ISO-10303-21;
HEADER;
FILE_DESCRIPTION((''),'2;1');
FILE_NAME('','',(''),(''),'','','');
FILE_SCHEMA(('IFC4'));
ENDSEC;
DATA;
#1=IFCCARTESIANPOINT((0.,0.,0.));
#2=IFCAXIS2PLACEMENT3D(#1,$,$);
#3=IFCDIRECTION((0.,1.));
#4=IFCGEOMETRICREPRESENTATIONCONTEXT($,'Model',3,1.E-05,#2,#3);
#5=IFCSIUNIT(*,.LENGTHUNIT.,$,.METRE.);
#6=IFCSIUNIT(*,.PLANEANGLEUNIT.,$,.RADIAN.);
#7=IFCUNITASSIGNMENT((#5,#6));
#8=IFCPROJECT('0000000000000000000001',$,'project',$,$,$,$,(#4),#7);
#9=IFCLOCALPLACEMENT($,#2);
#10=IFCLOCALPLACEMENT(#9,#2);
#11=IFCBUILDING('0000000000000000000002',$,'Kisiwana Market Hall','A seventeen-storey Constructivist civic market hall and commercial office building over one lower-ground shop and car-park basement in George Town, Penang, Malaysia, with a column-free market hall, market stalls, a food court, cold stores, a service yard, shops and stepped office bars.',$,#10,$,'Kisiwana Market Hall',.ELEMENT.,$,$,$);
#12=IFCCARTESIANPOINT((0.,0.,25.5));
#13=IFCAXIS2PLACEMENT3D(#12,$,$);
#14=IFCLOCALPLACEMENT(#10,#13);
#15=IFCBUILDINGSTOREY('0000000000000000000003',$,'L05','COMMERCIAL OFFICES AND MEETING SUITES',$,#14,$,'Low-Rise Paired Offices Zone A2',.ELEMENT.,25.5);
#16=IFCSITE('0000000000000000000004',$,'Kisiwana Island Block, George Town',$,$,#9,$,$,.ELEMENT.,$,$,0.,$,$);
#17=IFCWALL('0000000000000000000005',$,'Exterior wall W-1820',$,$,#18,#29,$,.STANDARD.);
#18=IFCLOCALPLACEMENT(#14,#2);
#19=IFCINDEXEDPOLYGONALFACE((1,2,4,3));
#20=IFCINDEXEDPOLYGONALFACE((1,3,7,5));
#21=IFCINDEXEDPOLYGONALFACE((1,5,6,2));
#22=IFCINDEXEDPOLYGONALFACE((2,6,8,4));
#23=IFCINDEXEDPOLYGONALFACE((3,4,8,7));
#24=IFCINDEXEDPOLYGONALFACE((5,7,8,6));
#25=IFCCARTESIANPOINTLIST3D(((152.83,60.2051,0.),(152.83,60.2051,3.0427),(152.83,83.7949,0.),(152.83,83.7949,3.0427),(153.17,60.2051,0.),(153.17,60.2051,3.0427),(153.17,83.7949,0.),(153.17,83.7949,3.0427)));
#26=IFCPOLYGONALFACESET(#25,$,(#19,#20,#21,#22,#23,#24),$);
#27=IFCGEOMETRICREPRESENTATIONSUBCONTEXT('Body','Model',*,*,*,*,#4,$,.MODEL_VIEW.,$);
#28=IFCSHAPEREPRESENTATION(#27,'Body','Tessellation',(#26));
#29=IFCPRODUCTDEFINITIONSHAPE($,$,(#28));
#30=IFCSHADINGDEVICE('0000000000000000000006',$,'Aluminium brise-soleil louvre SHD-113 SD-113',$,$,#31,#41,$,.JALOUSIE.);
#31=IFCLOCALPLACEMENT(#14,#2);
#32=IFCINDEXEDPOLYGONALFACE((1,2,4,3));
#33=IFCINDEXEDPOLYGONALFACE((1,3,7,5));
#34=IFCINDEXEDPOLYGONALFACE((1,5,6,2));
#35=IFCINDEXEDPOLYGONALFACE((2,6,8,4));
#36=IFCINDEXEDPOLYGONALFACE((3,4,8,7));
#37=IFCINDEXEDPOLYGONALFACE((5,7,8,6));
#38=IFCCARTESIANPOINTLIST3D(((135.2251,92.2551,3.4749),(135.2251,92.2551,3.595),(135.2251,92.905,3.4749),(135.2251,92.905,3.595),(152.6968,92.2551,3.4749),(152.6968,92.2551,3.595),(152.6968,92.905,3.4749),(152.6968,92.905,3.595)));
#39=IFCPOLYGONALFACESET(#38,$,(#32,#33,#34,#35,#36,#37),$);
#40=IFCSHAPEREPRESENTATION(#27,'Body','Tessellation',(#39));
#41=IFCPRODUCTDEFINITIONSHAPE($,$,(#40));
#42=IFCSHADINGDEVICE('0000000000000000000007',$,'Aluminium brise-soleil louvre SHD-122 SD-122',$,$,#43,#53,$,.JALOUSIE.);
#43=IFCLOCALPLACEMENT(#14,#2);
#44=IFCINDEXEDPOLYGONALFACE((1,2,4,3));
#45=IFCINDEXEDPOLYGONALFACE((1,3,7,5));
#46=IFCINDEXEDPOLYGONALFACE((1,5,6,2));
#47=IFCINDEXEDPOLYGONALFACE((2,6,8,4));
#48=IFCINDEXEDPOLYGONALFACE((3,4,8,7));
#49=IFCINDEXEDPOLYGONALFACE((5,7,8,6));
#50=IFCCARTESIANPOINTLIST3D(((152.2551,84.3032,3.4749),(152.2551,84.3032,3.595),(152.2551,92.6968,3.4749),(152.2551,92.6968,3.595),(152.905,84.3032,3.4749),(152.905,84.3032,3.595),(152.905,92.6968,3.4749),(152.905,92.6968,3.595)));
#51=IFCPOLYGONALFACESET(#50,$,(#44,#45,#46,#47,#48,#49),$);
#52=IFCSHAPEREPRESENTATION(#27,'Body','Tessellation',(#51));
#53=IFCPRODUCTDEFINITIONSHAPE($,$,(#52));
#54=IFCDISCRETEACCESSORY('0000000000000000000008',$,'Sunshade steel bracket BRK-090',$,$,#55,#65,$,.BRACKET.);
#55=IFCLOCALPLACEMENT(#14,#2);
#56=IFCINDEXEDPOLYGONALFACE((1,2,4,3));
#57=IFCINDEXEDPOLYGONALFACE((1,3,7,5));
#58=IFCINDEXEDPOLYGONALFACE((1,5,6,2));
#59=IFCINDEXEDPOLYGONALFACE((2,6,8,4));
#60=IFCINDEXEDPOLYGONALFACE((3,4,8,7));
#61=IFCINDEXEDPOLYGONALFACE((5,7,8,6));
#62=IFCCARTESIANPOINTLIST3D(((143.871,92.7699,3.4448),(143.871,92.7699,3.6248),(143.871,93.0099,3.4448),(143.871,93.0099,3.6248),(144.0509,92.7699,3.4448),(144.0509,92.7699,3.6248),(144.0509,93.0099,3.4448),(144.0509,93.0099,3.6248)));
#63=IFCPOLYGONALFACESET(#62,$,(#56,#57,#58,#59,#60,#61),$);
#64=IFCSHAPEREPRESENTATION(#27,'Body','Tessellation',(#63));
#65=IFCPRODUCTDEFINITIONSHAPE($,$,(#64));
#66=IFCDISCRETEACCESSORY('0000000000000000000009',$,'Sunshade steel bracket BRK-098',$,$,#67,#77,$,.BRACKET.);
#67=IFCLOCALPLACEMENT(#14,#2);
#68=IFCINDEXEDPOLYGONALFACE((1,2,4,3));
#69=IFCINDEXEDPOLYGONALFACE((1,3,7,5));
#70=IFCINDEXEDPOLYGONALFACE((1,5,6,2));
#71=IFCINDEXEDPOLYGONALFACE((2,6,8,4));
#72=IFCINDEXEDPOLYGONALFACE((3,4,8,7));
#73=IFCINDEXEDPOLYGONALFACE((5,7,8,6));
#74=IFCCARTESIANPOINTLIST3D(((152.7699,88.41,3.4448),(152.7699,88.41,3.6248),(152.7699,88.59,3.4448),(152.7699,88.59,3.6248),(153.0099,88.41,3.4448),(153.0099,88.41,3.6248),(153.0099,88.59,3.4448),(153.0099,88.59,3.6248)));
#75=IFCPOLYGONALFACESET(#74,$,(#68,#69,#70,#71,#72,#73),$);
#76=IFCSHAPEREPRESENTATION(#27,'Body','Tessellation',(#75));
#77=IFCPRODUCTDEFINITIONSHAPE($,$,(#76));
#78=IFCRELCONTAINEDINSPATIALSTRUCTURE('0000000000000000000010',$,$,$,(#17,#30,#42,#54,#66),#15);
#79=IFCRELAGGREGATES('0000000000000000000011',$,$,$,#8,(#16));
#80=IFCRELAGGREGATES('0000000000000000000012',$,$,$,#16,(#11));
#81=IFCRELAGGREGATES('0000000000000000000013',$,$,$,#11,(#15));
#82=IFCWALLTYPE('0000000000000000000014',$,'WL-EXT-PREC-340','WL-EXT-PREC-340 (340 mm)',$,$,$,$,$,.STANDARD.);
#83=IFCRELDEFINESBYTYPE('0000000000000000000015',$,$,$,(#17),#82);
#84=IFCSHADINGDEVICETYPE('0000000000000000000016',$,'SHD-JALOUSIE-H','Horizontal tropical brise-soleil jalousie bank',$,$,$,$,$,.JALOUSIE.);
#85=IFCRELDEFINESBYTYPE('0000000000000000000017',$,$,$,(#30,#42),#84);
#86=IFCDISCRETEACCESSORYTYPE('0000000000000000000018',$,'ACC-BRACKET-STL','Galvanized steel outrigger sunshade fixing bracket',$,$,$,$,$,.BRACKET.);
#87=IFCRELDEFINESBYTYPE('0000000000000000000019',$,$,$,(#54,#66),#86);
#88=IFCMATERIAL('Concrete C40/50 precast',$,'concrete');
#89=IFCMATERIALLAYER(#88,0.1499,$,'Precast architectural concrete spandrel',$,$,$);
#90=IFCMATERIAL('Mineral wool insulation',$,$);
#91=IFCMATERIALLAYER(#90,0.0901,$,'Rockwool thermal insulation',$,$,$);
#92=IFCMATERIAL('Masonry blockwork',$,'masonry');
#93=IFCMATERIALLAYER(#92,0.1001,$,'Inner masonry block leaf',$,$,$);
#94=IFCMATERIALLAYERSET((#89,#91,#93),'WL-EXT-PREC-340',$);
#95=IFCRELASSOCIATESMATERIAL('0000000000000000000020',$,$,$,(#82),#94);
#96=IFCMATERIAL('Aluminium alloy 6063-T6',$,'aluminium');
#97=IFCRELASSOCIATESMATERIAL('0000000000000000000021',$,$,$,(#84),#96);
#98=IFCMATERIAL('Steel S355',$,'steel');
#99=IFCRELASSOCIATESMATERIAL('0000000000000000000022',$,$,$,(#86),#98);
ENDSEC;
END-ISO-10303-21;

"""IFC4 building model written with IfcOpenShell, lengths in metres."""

from ifc_helpers import new_model, si_unit, direction, frame, frame_2d, origin, origin_2d, place, context, subcontext, project, spatial, rectangle, extrude, material, layer, layer_set, type_object, element, save


model = new_model("IFC4")

# Units and contexts
model_context = context("Model", 3, precision=1e-05, world=origin(), true_north=direction((0.0, 1.0)))
body_context = subcontext(model_context, "Body", "Model", "MODEL_VIEW")
ifc_project = project(units=[si_unit("LENGTHUNIT", "METRE"), si_unit("PLANEANGLEUNIT", "RADIAN")], contexts=[model_context])

# Site, building, storey
site_placement = place(None, origin())
site = spatial("IfcSite", under=ifc_project, at=site_placement, Name="Kisiwana Island Block, George Town", CompositionType="ELEMENT", RefElevation=0.0)
building_placement = place(site_placement, origin())
building = spatial("IfcBuilding", under=site, at=building_placement, Name="Kisiwana Market Hall", Description="A seventeen-storey Constructivist civic market hall and commercial office building over one lower-ground shop and car-park basement in George Town, Penang, Malaysia, with a column-free market hall, market stalls, a food court, cold stores, a service yard, shops and stepped office bars.", LongName="Kisiwana Market Hall", CompositionType="ELEMENT")
storey_placement = place(building_placement, frame((0.0, 0.0, 25.5)))
storey = spatial("IfcBuildingStorey", under=building, at=storey_placement, Name="L05", Description="COMMERCIAL OFFICES AND MEETING SUITES", LongName="Low-Rise Paired Offices Zone A2", CompositionType="ELEMENT", Elevation=25.5)

# Wall
ifc_material_1 = material(Name="Concrete C40/50 precast", Category="concrete")
ifc_layer_1 = layer(ifc_material_1, 0.1499, Name="Precast architectural concrete spandrel")
ifc_material_2 = material(Name="Mineral wool insulation")
ifc_layer_2 = layer(ifc_material_2, 0.0901, Name="Rockwool thermal insulation")
ifc_material_3 = material(Name="Masonry blockwork", Category="masonry")
ifc_layer_3 = layer(ifc_material_3, 0.1001, Name="Inner masonry block leaf")
ifc_layer_set_1 = layer_set([ifc_layer_1, ifc_layer_2, ifc_layer_3], Name="WL-EXT-PREC-340")
wall_type = type_object("IfcWallType", Name="WL-EXT-PREC-340", Description="WL-EXT-PREC-340 (340 mm)", PredefinedType="STANDARD", material=ifc_layer_set_1)
wall_placement = place(storey_placement, frame((153.0, 60.2051, 0.0), z_axis=(0.0, 0.0, 1.0), x_axis=(0.0, 1.0, 0.0)))
element("IfcWall", 1, at=wall_placement, inside=storey, type_object=wall_type, Name="Exterior wall W-1820", PredefinedType="STANDARD", context=body_context, shape_type="SweptSolid", body=[
    extrude(rectangle(XDim=23.5898, YDim=0.3401, at=frame_2d((11.7949, 0.0))), origin(), (0.0, 0.0, 1.0), 3.0427),
])

# Shading devices
ifc_material_4 = material(Name="Aluminium alloy 6063-T6", Category="aluminium")
shading_device_type = type_object("IfcShadingDeviceType", Name="SHD-JALOUSIE-H", Description="Horizontal tropical brise-soleil jalousie bank", PredefinedType="JALOUSIE", material=ifc_material_4)
shading_device_1_placement = place(storey_placement, frame((143.9609, 92.5801, 3.4749), z_axis=(0.0, 0.0, 1.0), x_axis=(1.0, 0.0, 0.0)))
element("IfcShadingDevice", 2, at=shading_device_1_placement, inside=storey, type_object=shading_device_type, Name="Aluminium brise-soleil louvre SHD-113 SD-113", PredefinedType="JALOUSIE", context=body_context, shape_type="SweptSolid", body=[
    extrude(rectangle(XDim=17.4717, YDim=0.6499, at=origin_2d()), origin(), (0.0, 0.0, 1.0), 0.1201),
])
shading_device_2_placement = place(storey_placement, frame((152.5801, 88.5, 3.4749), z_axis=(0.0, 0.0, 1.0), x_axis=(0.0, 1.0, 0.0)))
element("IfcShadingDevice", 3, at=shading_device_2_placement, inside=storey, type_object=shading_device_type, Name="Aluminium brise-soleil louvre SHD-122 SD-122", PredefinedType="JALOUSIE", context=body_context, shape_type="SweptSolid", body=[
    extrude(rectangle(XDim=8.3936, YDim=0.6499, at=origin_2d()), origin(), (0.0, 0.0, 1.0), 0.1201),
])

# Discrete accessories
ifc_material_5 = material(Name="Steel S355", Category="steel")
discrete_accessory_type = type_object("IfcDiscreteAccessoryType", Name="ACC-BRACKET-STL", Description="Galvanized steel outrigger sunshade fixing bracket", PredefinedType="BRACKET", material=ifc_material_5)
for number, where, z_axis, x_axis, name in (
    (4, (143.9609, 92.8899, 3.4448), (0.0, 0.0, 1.0), (1.0, 0.0, 0.0), "Sunshade steel bracket BRK-090"),
    (5, (152.8899, 88.5, 3.4448), (0.0, 0.0, 1.0), (0.0, 1.0, 0.0), "Sunshade steel bracket BRK-098"),
):
    element("IfcDiscreteAccessory", number, at=place(storey_placement, frame(where, z_axis=z_axis, x_axis=x_axis)), inside=storey, type_object=discrete_accessory_type, Name=name, PredefinedType="BRACKET", context=body_context, shape_type="SweptSolid", body=[
        extrude(rectangle(XDim=0.1799, YDim=0.24, at=origin_2d()), origin(), (0.0, 0.0, 1.0), 0.1799),
    ])

save(model, "model.ifc")
